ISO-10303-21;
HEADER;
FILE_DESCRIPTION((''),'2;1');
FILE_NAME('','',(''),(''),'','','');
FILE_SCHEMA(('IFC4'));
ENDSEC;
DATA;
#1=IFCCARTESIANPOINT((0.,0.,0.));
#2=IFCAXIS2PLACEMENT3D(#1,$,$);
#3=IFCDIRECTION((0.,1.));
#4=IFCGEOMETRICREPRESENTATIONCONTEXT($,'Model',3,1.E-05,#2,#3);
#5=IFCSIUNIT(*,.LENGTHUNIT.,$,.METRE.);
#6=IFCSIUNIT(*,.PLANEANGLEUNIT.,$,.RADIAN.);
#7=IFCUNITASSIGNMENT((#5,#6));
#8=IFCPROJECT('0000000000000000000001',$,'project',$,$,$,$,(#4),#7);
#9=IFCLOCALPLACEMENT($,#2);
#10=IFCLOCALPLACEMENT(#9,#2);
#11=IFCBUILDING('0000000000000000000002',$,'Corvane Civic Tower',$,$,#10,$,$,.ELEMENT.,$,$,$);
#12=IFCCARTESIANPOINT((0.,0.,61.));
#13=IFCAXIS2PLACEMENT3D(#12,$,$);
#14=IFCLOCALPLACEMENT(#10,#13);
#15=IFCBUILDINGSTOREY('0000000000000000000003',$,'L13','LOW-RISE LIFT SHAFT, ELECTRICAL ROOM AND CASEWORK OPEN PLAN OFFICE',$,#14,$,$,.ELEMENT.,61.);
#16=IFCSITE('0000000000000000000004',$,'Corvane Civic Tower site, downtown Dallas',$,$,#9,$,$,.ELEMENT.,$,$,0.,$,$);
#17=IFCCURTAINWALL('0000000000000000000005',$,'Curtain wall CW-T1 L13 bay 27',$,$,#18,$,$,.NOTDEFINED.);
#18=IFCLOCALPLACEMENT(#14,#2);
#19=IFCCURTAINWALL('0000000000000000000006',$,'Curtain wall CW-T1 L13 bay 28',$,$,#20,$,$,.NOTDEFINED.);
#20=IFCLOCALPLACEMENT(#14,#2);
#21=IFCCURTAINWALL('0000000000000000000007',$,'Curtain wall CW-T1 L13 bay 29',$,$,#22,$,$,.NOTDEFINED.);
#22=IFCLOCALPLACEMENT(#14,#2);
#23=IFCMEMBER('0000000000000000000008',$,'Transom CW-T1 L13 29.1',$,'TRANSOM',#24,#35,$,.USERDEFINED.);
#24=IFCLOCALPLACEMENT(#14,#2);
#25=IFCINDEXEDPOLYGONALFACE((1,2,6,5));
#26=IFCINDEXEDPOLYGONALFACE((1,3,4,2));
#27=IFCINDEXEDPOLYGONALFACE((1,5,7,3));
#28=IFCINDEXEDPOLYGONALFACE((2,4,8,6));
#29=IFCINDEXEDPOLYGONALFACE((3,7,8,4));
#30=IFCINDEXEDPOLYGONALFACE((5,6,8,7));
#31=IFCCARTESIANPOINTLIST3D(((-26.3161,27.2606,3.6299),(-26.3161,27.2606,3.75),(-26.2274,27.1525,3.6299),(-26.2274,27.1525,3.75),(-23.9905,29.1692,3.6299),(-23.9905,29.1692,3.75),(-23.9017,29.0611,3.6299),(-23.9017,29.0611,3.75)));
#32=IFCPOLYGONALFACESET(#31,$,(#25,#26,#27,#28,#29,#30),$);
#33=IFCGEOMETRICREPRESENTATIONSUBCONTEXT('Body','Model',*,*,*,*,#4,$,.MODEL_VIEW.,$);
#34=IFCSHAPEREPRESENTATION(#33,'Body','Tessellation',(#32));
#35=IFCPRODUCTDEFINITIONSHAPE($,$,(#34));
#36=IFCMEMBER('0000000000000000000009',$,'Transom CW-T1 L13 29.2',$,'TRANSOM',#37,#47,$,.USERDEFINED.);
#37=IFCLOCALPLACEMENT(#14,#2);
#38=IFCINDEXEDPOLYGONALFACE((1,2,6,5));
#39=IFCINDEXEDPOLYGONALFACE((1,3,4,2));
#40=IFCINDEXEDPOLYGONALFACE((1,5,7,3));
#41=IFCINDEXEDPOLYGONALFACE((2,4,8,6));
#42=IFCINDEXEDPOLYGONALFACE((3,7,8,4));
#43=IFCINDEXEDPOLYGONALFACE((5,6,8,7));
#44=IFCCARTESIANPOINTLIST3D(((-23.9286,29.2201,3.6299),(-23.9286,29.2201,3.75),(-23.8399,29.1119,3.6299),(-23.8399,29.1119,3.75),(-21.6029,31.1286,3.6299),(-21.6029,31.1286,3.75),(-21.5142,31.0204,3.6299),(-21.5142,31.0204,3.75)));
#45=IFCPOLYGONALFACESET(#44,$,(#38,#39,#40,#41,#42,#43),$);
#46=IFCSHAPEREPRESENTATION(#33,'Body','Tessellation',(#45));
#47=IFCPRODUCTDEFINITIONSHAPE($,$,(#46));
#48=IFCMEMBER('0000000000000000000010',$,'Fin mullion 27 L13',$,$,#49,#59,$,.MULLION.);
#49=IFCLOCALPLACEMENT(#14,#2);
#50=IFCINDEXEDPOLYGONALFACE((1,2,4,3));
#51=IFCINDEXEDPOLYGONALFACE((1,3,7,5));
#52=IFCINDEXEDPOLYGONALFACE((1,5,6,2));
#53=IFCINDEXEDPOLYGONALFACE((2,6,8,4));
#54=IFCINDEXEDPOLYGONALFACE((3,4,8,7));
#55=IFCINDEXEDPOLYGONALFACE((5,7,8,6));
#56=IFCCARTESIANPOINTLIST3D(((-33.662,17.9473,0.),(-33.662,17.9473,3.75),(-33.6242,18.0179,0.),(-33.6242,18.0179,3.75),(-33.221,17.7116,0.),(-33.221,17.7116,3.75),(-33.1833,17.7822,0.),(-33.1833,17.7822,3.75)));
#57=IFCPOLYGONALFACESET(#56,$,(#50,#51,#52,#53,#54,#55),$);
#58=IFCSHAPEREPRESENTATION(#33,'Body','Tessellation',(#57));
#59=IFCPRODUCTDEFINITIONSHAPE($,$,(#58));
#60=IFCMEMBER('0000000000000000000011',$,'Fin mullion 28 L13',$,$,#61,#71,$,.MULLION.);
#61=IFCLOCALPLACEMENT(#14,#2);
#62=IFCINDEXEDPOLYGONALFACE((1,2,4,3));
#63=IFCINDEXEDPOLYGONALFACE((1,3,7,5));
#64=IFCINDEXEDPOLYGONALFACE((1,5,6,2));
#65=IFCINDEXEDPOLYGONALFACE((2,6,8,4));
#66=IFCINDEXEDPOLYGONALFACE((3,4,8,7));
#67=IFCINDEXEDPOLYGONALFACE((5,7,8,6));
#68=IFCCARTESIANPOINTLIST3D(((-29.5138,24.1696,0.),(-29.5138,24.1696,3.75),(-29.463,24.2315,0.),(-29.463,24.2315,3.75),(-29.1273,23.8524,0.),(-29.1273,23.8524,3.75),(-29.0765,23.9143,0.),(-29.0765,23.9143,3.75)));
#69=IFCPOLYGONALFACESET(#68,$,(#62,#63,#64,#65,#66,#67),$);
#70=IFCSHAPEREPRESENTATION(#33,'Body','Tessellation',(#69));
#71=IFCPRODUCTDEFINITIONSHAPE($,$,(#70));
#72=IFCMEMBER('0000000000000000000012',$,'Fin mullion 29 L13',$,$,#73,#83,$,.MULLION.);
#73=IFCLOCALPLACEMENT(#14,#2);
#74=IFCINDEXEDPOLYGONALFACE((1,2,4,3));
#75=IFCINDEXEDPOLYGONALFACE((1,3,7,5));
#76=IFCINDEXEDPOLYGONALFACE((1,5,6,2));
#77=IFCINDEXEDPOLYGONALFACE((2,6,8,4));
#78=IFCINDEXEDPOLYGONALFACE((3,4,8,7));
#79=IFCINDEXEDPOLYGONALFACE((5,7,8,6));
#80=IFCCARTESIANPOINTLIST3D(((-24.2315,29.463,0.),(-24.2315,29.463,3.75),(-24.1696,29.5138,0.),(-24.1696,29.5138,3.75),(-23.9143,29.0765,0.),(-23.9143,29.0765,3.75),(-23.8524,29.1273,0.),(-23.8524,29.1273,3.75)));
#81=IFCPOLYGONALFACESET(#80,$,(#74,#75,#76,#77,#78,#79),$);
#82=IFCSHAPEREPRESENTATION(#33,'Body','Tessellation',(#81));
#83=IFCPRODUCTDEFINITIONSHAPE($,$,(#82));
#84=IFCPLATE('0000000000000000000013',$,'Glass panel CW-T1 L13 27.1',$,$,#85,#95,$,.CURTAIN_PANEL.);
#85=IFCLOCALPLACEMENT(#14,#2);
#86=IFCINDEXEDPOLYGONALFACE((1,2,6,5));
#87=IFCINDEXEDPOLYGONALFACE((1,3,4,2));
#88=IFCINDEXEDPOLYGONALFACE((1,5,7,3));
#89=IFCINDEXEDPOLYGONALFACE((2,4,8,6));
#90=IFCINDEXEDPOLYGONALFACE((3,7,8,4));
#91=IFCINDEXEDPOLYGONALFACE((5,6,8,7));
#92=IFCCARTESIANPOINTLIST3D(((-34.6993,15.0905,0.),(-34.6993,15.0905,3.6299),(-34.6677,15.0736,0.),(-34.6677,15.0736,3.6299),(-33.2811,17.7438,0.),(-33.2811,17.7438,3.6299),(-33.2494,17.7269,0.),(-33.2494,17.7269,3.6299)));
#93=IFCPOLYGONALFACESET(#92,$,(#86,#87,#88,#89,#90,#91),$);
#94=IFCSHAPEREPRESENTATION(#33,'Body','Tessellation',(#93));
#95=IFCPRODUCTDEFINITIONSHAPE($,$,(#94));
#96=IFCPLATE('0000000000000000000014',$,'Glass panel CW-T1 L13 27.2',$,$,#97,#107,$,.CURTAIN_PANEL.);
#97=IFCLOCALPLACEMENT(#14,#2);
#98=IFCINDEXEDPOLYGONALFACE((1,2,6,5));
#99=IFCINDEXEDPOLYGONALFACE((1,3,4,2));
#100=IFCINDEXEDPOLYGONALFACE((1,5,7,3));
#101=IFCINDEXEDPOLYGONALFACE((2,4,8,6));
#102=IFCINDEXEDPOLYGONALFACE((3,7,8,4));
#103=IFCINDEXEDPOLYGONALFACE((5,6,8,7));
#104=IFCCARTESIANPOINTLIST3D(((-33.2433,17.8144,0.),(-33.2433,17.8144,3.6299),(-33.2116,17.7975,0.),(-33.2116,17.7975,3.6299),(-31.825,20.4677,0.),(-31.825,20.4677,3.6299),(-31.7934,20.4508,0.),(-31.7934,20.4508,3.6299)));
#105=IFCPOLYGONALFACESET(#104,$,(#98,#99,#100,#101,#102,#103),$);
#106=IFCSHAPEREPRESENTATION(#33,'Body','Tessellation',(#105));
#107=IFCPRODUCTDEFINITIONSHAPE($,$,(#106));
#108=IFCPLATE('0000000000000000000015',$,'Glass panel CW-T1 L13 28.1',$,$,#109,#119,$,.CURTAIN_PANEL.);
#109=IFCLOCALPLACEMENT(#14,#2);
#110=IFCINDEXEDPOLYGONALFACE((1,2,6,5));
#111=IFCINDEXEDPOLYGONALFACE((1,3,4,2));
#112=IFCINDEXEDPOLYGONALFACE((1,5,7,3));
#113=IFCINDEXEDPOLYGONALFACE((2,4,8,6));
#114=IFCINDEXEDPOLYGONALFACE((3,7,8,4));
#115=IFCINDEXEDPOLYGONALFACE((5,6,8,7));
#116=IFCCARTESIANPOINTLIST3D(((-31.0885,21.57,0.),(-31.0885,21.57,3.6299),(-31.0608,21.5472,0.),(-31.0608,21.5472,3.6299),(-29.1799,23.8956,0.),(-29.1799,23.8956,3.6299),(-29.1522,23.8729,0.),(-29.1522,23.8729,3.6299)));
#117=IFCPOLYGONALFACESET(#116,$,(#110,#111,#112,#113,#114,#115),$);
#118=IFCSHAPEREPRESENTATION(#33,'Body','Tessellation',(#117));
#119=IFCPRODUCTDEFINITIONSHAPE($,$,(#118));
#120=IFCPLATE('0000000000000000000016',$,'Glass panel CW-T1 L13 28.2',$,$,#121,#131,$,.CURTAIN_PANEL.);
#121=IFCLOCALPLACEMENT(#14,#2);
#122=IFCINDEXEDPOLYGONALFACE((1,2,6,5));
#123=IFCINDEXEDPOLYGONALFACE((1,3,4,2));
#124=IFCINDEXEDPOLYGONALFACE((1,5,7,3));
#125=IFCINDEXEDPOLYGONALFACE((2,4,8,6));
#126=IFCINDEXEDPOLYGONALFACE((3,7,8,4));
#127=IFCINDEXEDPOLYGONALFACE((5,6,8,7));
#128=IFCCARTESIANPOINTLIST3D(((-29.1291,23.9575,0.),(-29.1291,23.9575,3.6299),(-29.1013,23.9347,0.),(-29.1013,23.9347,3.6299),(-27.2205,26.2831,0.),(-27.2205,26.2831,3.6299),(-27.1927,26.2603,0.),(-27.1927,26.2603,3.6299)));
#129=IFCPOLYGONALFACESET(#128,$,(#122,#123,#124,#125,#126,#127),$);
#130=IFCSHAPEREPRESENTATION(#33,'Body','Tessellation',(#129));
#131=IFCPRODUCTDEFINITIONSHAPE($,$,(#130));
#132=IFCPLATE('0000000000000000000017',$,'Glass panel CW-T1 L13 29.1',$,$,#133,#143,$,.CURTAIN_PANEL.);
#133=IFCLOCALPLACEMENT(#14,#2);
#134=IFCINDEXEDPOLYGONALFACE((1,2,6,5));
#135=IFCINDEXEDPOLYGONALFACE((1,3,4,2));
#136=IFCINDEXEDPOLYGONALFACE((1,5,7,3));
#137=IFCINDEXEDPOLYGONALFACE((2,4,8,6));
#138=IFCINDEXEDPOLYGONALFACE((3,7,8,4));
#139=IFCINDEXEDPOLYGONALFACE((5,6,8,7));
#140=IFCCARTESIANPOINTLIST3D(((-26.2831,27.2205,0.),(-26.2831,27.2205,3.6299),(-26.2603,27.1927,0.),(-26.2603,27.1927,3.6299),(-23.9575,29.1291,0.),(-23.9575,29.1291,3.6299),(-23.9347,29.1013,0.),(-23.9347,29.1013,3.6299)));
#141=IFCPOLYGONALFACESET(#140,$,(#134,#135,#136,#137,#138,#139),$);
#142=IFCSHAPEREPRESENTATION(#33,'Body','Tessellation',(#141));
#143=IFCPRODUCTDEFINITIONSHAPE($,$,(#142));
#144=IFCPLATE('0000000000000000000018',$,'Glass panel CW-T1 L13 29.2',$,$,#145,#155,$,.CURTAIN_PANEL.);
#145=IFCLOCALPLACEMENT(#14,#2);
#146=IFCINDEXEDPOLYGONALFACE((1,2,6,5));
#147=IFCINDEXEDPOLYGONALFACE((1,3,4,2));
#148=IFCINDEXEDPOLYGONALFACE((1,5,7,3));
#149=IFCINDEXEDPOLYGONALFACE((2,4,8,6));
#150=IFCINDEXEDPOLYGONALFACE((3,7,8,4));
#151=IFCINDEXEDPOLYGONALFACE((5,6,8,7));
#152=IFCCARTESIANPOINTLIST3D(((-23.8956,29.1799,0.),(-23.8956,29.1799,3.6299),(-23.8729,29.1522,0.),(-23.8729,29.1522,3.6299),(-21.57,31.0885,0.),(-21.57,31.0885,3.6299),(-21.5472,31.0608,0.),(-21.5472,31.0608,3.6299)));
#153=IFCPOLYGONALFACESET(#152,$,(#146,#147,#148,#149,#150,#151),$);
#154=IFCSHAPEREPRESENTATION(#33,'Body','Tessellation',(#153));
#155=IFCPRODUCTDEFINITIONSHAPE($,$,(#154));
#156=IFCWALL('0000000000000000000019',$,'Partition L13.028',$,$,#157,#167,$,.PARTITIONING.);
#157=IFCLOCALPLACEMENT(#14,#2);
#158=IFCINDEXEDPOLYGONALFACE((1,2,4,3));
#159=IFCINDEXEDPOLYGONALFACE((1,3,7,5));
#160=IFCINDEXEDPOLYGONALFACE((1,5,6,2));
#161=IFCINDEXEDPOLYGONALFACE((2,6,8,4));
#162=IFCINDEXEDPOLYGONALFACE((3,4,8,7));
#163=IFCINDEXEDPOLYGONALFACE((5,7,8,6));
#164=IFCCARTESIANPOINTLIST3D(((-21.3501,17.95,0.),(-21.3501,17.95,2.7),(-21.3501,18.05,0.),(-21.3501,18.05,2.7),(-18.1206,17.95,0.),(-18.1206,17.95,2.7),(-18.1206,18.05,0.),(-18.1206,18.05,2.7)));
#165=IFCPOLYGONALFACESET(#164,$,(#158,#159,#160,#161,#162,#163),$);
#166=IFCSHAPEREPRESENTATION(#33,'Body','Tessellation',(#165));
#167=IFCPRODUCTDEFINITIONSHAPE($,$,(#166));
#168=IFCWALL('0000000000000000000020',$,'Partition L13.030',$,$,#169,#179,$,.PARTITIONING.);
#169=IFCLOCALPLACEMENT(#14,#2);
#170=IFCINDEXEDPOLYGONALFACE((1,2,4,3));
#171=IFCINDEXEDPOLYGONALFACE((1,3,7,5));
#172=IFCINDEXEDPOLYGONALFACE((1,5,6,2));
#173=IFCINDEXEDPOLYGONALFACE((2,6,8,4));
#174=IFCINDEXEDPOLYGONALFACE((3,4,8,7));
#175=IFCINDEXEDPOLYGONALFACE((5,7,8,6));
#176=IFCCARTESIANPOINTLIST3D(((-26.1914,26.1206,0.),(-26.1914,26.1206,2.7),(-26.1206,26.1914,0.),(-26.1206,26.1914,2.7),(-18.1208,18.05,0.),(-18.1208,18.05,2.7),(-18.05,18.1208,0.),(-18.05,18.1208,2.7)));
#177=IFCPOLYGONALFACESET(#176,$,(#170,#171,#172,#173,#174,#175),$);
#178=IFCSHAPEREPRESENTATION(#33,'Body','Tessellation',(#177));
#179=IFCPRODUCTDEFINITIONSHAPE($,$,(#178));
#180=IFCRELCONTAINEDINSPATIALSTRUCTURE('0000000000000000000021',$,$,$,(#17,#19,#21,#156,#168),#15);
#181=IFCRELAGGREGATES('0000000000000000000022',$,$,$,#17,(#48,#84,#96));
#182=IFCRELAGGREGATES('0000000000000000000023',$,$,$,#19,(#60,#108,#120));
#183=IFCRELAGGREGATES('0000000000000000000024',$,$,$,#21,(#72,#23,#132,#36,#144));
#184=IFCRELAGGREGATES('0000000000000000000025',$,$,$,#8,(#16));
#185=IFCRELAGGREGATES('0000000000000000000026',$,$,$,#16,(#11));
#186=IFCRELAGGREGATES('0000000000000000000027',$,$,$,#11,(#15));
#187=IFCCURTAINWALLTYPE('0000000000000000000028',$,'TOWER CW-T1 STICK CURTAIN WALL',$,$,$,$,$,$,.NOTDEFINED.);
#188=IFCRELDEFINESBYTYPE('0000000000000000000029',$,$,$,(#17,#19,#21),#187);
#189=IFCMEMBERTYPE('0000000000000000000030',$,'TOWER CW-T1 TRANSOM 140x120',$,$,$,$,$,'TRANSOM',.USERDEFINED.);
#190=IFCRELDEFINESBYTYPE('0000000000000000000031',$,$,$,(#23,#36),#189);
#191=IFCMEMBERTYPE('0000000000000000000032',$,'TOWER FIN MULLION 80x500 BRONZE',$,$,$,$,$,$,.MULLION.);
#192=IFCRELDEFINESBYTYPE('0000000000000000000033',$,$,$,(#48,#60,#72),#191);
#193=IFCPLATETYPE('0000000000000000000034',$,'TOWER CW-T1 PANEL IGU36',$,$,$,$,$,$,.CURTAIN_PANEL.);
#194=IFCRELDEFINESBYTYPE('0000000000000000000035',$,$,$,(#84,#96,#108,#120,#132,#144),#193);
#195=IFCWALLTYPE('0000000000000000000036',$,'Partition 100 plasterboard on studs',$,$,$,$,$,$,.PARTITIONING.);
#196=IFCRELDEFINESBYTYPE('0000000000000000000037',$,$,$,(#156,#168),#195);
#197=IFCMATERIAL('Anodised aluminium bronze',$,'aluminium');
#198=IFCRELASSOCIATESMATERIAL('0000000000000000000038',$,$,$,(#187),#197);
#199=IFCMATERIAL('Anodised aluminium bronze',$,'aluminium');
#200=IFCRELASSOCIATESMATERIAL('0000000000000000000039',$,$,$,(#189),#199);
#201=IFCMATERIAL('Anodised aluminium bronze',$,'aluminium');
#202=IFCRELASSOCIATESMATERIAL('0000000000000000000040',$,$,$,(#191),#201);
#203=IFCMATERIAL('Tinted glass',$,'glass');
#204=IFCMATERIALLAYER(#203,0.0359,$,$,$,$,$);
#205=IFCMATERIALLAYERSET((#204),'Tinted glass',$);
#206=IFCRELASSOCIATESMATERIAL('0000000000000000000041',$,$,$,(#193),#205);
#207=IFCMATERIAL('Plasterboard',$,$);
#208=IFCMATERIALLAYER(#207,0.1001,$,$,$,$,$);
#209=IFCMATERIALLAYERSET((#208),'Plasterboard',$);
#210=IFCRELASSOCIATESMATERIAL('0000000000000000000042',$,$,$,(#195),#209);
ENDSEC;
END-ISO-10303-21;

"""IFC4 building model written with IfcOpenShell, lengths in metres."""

from ifc_helpers import new_model, si_unit, direction, frame, frame_2d, origin, origin_2d, place, context, subcontext, project, spatial, rectangle, extrude, material, layer, layer_set, material_profile, profile_set, type_object, element, aggregate, save


model = new_model("IFC4")

# Units and contexts
model_context = context("Model", 3, precision=1e-05, world=origin(), true_north=direction((0.0, 1.0)))
body_context = subcontext(model_context, "Body", "Model", "MODEL_VIEW")
ifc_project = project(units=[si_unit("LENGTHUNIT", "METRE"), si_unit("PLANEANGLEUNIT", "RADIAN")], contexts=[model_context])

# Site, building, storey
site_placement = place(None, origin())
site = spatial("IfcSite", under=ifc_project, at=site_placement, Name="Corvane Civic Tower site, downtown Dallas", CompositionType="ELEMENT", RefElevation=0.0)
building_placement = place(site_placement, origin())
building = spatial("IfcBuilding", under=site, at=building_placement, Name="Corvane Civic Tower", CompositionType="ELEMENT")
storey_placement = place(building_placement, frame((0.0, 0.0, 61.0)))
storey = spatial("IfcBuildingStorey", under=building, at=storey_placement, Name="L13", Description="LOW-RISE LIFT SHAFT, ELECTRICAL ROOM AND CASEWORK OPEN PLAN OFFICE", CompositionType="ELEMENT", Elevation=61.0)

# Curtain walls, members
ifc_material_1 = material(Name="Anodised aluminium bronze", Category="aluminium")
curtain_wall_type = type_object("IfcCurtainWallType", Name="TOWER CW-T1 STICK CURTAIN WALL", PredefinedType="NOTDEFINED", material=ifc_material_1)
curtain_wall_1_placement = place(storey_placement, origin())
curtain_wall_1 = element("IfcCurtainWall", 1, at=curtain_wall_1_placement, inside=storey, type_object=curtain_wall_type, Name="Curtain wall CW-T1 L13 bay 27", PredefinedType="NOTDEFINED")
ifc_material_2 = material(Name="Anodised aluminium bronze", Category="aluminium")
ifc_material_profile_1 = material_profile(ifc_material_2, rectangle(XDim=0.1399, YDim=0.1201, at=origin_2d()), Name="TOWER CW-T1 TRANSOM 140x120")
ifc_profile_set_1 = profile_set([ifc_material_profile_1], Name="Anodised aluminium bronze")
member_type_1 = type_object("IfcMemberType", Name="TOWER CW-T1 TRANSOM 140x120", ElementType="TRANSOM", PredefinedType="USERDEFINED", material=ifc_profile_set_1)
curtain_wall_2_placement = place(storey_placement, origin())
curtain_wall_2 = element("IfcCurtainWall", 2, at=curtain_wall_2_placement, inside=storey, type_object=curtain_wall_type, Name="Curtain wall CW-T1 L13 bay 28", PredefinedType="NOTDEFINED")
curtain_wall_3_placement = place(storey_placement, origin())
curtain_wall_3 = element("IfcCurtainWall", 3, at=curtain_wall_3_placement, inside=storey, type_object=curtain_wall_type, Name="Curtain wall CW-T1 L13 bay 29", PredefinedType="NOTDEFINED")
member_1_placement = place(storey_placement, frame((-26.2717, 27.2065, 3.6899), z_axis=(0.773002, 0.634404, 0.0), x_axis=(-0.634404, 0.773002, 0.0)))
member_1 = element("IfcMember", 4, at=member_1_placement, type_object=member_type_1, Name="Transom CW-T1 L13 29.1", ObjectType="TRANSOM", PredefinedType="USERDEFINED", context=body_context, shape_type="SweptSolid", body=[
    extrude(rectangle(XDim=0.1399, YDim=0.1201, at=origin_2d()), origin(), (0.0, 0.0, 1.0), 3.0085),
])
member_2_placement = place(storey_placement, frame((-23.8843, 29.166, 3.6899), z_axis=(0.773042, 0.634355, 0.0), x_axis=(-0.634355, 0.773042, 0.0)))
member_2 = element("IfcMember", 5, at=member_2_placement, type_object=member_type_1, Name="Transom CW-T1 L13 29.2", ObjectType="TRANSOM", PredefinedType="USERDEFINED", context=body_context, shape_type="SweptSolid", body=[
    extrude(rectangle(XDim=0.1399, YDim=0.1201, at=origin_2d()), origin(), (0.0, 0.0, 1.0), 3.0085),
])

# Members
ifc_material_3 = material(Name="Anodised aluminium bronze", Category="aluminium")
ifc_material_profile_2 = material_profile(ifc_material_3, rectangle(XDim=0.0801, YDim=0.5, at=origin_2d()), Name="TOWER FIN MULLION 80x500 BRONZE")
ifc_profile_set_2 = profile_set([ifc_material_profile_2], Name="Anodised aluminium bronze")
member_type_2 = type_object("IfcMemberType", Name="TOWER FIN MULLION 80x500 BRONZE", PredefinedType="MULLION", material=ifc_profile_set_2)
member_3_placement = place(storey_placement, frame((-33.4226, 17.8647, 0.0), z_axis=(0.0, 0.0, 1.0), x_axis=(0.471404, 0.881918, 0.0)))
member_3 = element("IfcMember", 6, at=member_3_placement, type_object=member_type_2, Name="Fin mullion 27 L13", PredefinedType="MULLION", context=body_context, shape_type="SweptSolid", body=[
    extrude(rectangle(XDim=0.0801, YDim=0.5, at=origin_2d()), origin(), (0.0, 0.0, 1.0), 3.75),
])
member_4_placement = place(storey_placement, frame((-29.2952, 24.042, 0.0), z_axis=(0.0, 0.0, 1.0), x_axis=(0.634397, 0.773007, 0.0)))
member_4 = element("IfcMember", 7, at=member_4_placement, type_object=member_type_2, Name="Fin mullion 28 L13", PredefinedType="MULLION", context=body_context, shape_type="SweptSolid", body=[
    extrude(rectangle(XDim=0.0801, YDim=0.5, at=origin_2d()), origin(), (0.0, 0.0, 1.0), 3.75),
])
member_5_placement = place(storey_placement, frame((-24.042, 29.2952, 0.0), z_axis=(0.0, 0.0, 1.0), x_axis=(0.773007, 0.634397, 0.0)))
member_5 = element("IfcMember", 8, at=member_5_placement, type_object=member_type_2, Name="Fin mullion 29 L13", PredefinedType="MULLION", context=body_context, shape_type="SweptSolid", body=[
    extrude(rectangle(XDim=0.0801, YDim=0.5, at=origin_2d()), origin(), (0.0, 0.0, 1.0), 3.75),
])

# Plates
ifc_material_4 = material(Name="Tinted glass", Category="glass")
ifc_layer_1 = layer(ifc_material_4, 0.0359)
ifc_layer_set_1 = layer_set([ifc_layer_1], Name="Tinted glass")
plate_type = type_object("IfcPlateType", Name="TOWER CW-T1 PANEL IGU36", PredefinedType="CURTAIN_PANEL", material=ifc_layer_set_1)
plate_1_placement = place(storey_placement, frame((-33.9744, 16.4087, 0.0), z_axis=(0.0, 0.0, 1.0), x_axis=(0.471404, 0.881918, 0.0)))
plate_1 = element("IfcPlate", 9, at=plate_1_placement, type_object=plate_type, Name="Glass panel CW-T1 L13 27.1", PredefinedType="CURTAIN_PANEL", context=body_context, shape_type="SweptSolid", body=[
    extrude(rectangle(XDim=3.0085, YDim=0.0359, at=origin_2d()), origin(), (0.0, 0.0, 1.0), 3.6299),
])
plate_2_placement = place(storey_placement, frame((-32.5183, 19.1326, 0.0), z_axis=(0.0, 0.0, 1.0), x_axis=(0.471404, 0.881918, 0.0)))
plate_2 = element("IfcPlate", 10, at=plate_2_placement, type_object=plate_type, Name="Glass panel CW-T1 L13 27.2", PredefinedType="CURTAIN_PANEL", context=body_context, shape_type="SweptSolid", body=[
    extrude(rectangle(XDim=3.0085, YDim=0.0359, at=origin_2d()), origin(), (0.0, 0.0, 1.0), 3.6299),
])
aggregate(curtain_wall_1, [member_3, plate_1, plate_2])
plate_3_placement = place(storey_placement, frame((-30.1204, 22.7214, 0.0), z_axis=(0.0, 0.0, 1.0), x_axis=(0.634397, 0.773007, 0.0)))
plate_3 = element("IfcPlate", 11, at=plate_3_placement, type_object=plate_type, Name="Glass panel CW-T1 L13 28.1", PredefinedType="CURTAIN_PANEL", context=body_context, shape_type="SweptSolid", body=[
    extrude(rectangle(XDim=3.0085, YDim=0.0359, at=origin_2d()), origin(), (0.0, 0.0, 1.0), 3.6299),
])
plate_4_placement = place(storey_placement, frame((-28.1609, 25.1089, 0.0), z_axis=(0.0, 0.0, 1.0), x_axis=(0.634397, 0.773007, 0.0)))
plate_4 = element("IfcPlate", 12, at=plate_4_placement, type_object=plate_type, Name="Glass panel CW-T1 L13 28.2", PredefinedType="CURTAIN_PANEL", context=body_context, shape_type="SweptSolid", body=[
    extrude(rectangle(XDim=3.0085, YDim=0.0359, at=origin_2d()), origin(), (0.0, 0.0, 1.0), 3.6299),
])
aggregate(curtain_wall_2, [member_4, plate_3, plate_4])
plate_5_placement = place(storey_placement, frame((-25.1089, 28.1609, 0.0), z_axis=(0.0, 0.0, 1.0), x_axis=(0.773007, 0.634397, 0.0)))
plate_5 = element("IfcPlate", 13, at=plate_5_placement, type_object=plate_type, Name="Glass panel CW-T1 L13 29.1", PredefinedType="CURTAIN_PANEL", context=body_context, shape_type="SweptSolid", body=[
    extrude(rectangle(XDim=3.0085, YDim=0.0359, at=origin_2d()), origin(), (0.0, 0.0, 1.0), 3.6299),
])
plate_6_placement = place(storey_placement, frame((-22.7214, 30.1204, 0.0), z_axis=(0.0, 0.0, 1.0), x_axis=(0.773007, 0.634397, 0.0)))
plate_6 = element("IfcPlate", 14, at=plate_6_placement, type_object=plate_type, Name="Glass panel CW-T1 L13 29.2", PredefinedType="CURTAIN_PANEL", context=body_context, shape_type="SweptSolid", body=[
    extrude(rectangle(XDim=3.0085, YDim=0.0359, at=origin_2d()), origin(), (0.0, 0.0, 1.0), 3.6299),
])
aggregate(curtain_wall_3, [member_5, member_1, plate_5, member_2, plate_6])

# Walls
ifc_material_5 = material(Name="Plasterboard")
ifc_layer_2 = layer(ifc_material_5, 0.1001)
ifc_layer_set_2 = layer_set([ifc_layer_2], Name="Plasterboard")
wall_type = type_object("IfcWallType", Name="Partition 100 plasterboard on studs", PredefinedType="PARTITIONING", material=ifc_layer_set_2)
wall_1_placement = place(storey_placement, frame((-21.3501, 18.0, 0.0), z_axis=(0.0, 0.0, 1.0), x_axis=(1.0, 0.0, 0.0)))
element("IfcWall", 15, at=wall_1_placement, inside=storey, type_object=wall_type, Name="Partition L13.028", PredefinedType="PARTITIONING", context=body_context, shape_type="SweptSolid", body=[
    extrude(rectangle(XDim=3.2295, YDim=0.1001, at=frame_2d((1.6147, 0.0))), origin(), (0.0, 0.0, 1.0), 2.7),
])
wall_2_placement = place(storey_placement, frame((-26.156, 26.156, 0.0), z_axis=(0.0, 0.0, 1.0), x_axis=(0.707107, -0.707107, 0.0)))
element("IfcWall", 16, at=wall_2_placement, inside=storey, type_object=wall_type, Name="Partition L13.030", PredefinedType="PARTITIONING", context=body_context, shape_type="SweptSolid", body=[
    extrude(rectangle(XDim=11.4136, YDim=0.1001, at=frame_2d((5.7068, 0.0))), origin(), (0.0, 0.0, 1.0), 2.7),
])

save(model, "model.ifc")
